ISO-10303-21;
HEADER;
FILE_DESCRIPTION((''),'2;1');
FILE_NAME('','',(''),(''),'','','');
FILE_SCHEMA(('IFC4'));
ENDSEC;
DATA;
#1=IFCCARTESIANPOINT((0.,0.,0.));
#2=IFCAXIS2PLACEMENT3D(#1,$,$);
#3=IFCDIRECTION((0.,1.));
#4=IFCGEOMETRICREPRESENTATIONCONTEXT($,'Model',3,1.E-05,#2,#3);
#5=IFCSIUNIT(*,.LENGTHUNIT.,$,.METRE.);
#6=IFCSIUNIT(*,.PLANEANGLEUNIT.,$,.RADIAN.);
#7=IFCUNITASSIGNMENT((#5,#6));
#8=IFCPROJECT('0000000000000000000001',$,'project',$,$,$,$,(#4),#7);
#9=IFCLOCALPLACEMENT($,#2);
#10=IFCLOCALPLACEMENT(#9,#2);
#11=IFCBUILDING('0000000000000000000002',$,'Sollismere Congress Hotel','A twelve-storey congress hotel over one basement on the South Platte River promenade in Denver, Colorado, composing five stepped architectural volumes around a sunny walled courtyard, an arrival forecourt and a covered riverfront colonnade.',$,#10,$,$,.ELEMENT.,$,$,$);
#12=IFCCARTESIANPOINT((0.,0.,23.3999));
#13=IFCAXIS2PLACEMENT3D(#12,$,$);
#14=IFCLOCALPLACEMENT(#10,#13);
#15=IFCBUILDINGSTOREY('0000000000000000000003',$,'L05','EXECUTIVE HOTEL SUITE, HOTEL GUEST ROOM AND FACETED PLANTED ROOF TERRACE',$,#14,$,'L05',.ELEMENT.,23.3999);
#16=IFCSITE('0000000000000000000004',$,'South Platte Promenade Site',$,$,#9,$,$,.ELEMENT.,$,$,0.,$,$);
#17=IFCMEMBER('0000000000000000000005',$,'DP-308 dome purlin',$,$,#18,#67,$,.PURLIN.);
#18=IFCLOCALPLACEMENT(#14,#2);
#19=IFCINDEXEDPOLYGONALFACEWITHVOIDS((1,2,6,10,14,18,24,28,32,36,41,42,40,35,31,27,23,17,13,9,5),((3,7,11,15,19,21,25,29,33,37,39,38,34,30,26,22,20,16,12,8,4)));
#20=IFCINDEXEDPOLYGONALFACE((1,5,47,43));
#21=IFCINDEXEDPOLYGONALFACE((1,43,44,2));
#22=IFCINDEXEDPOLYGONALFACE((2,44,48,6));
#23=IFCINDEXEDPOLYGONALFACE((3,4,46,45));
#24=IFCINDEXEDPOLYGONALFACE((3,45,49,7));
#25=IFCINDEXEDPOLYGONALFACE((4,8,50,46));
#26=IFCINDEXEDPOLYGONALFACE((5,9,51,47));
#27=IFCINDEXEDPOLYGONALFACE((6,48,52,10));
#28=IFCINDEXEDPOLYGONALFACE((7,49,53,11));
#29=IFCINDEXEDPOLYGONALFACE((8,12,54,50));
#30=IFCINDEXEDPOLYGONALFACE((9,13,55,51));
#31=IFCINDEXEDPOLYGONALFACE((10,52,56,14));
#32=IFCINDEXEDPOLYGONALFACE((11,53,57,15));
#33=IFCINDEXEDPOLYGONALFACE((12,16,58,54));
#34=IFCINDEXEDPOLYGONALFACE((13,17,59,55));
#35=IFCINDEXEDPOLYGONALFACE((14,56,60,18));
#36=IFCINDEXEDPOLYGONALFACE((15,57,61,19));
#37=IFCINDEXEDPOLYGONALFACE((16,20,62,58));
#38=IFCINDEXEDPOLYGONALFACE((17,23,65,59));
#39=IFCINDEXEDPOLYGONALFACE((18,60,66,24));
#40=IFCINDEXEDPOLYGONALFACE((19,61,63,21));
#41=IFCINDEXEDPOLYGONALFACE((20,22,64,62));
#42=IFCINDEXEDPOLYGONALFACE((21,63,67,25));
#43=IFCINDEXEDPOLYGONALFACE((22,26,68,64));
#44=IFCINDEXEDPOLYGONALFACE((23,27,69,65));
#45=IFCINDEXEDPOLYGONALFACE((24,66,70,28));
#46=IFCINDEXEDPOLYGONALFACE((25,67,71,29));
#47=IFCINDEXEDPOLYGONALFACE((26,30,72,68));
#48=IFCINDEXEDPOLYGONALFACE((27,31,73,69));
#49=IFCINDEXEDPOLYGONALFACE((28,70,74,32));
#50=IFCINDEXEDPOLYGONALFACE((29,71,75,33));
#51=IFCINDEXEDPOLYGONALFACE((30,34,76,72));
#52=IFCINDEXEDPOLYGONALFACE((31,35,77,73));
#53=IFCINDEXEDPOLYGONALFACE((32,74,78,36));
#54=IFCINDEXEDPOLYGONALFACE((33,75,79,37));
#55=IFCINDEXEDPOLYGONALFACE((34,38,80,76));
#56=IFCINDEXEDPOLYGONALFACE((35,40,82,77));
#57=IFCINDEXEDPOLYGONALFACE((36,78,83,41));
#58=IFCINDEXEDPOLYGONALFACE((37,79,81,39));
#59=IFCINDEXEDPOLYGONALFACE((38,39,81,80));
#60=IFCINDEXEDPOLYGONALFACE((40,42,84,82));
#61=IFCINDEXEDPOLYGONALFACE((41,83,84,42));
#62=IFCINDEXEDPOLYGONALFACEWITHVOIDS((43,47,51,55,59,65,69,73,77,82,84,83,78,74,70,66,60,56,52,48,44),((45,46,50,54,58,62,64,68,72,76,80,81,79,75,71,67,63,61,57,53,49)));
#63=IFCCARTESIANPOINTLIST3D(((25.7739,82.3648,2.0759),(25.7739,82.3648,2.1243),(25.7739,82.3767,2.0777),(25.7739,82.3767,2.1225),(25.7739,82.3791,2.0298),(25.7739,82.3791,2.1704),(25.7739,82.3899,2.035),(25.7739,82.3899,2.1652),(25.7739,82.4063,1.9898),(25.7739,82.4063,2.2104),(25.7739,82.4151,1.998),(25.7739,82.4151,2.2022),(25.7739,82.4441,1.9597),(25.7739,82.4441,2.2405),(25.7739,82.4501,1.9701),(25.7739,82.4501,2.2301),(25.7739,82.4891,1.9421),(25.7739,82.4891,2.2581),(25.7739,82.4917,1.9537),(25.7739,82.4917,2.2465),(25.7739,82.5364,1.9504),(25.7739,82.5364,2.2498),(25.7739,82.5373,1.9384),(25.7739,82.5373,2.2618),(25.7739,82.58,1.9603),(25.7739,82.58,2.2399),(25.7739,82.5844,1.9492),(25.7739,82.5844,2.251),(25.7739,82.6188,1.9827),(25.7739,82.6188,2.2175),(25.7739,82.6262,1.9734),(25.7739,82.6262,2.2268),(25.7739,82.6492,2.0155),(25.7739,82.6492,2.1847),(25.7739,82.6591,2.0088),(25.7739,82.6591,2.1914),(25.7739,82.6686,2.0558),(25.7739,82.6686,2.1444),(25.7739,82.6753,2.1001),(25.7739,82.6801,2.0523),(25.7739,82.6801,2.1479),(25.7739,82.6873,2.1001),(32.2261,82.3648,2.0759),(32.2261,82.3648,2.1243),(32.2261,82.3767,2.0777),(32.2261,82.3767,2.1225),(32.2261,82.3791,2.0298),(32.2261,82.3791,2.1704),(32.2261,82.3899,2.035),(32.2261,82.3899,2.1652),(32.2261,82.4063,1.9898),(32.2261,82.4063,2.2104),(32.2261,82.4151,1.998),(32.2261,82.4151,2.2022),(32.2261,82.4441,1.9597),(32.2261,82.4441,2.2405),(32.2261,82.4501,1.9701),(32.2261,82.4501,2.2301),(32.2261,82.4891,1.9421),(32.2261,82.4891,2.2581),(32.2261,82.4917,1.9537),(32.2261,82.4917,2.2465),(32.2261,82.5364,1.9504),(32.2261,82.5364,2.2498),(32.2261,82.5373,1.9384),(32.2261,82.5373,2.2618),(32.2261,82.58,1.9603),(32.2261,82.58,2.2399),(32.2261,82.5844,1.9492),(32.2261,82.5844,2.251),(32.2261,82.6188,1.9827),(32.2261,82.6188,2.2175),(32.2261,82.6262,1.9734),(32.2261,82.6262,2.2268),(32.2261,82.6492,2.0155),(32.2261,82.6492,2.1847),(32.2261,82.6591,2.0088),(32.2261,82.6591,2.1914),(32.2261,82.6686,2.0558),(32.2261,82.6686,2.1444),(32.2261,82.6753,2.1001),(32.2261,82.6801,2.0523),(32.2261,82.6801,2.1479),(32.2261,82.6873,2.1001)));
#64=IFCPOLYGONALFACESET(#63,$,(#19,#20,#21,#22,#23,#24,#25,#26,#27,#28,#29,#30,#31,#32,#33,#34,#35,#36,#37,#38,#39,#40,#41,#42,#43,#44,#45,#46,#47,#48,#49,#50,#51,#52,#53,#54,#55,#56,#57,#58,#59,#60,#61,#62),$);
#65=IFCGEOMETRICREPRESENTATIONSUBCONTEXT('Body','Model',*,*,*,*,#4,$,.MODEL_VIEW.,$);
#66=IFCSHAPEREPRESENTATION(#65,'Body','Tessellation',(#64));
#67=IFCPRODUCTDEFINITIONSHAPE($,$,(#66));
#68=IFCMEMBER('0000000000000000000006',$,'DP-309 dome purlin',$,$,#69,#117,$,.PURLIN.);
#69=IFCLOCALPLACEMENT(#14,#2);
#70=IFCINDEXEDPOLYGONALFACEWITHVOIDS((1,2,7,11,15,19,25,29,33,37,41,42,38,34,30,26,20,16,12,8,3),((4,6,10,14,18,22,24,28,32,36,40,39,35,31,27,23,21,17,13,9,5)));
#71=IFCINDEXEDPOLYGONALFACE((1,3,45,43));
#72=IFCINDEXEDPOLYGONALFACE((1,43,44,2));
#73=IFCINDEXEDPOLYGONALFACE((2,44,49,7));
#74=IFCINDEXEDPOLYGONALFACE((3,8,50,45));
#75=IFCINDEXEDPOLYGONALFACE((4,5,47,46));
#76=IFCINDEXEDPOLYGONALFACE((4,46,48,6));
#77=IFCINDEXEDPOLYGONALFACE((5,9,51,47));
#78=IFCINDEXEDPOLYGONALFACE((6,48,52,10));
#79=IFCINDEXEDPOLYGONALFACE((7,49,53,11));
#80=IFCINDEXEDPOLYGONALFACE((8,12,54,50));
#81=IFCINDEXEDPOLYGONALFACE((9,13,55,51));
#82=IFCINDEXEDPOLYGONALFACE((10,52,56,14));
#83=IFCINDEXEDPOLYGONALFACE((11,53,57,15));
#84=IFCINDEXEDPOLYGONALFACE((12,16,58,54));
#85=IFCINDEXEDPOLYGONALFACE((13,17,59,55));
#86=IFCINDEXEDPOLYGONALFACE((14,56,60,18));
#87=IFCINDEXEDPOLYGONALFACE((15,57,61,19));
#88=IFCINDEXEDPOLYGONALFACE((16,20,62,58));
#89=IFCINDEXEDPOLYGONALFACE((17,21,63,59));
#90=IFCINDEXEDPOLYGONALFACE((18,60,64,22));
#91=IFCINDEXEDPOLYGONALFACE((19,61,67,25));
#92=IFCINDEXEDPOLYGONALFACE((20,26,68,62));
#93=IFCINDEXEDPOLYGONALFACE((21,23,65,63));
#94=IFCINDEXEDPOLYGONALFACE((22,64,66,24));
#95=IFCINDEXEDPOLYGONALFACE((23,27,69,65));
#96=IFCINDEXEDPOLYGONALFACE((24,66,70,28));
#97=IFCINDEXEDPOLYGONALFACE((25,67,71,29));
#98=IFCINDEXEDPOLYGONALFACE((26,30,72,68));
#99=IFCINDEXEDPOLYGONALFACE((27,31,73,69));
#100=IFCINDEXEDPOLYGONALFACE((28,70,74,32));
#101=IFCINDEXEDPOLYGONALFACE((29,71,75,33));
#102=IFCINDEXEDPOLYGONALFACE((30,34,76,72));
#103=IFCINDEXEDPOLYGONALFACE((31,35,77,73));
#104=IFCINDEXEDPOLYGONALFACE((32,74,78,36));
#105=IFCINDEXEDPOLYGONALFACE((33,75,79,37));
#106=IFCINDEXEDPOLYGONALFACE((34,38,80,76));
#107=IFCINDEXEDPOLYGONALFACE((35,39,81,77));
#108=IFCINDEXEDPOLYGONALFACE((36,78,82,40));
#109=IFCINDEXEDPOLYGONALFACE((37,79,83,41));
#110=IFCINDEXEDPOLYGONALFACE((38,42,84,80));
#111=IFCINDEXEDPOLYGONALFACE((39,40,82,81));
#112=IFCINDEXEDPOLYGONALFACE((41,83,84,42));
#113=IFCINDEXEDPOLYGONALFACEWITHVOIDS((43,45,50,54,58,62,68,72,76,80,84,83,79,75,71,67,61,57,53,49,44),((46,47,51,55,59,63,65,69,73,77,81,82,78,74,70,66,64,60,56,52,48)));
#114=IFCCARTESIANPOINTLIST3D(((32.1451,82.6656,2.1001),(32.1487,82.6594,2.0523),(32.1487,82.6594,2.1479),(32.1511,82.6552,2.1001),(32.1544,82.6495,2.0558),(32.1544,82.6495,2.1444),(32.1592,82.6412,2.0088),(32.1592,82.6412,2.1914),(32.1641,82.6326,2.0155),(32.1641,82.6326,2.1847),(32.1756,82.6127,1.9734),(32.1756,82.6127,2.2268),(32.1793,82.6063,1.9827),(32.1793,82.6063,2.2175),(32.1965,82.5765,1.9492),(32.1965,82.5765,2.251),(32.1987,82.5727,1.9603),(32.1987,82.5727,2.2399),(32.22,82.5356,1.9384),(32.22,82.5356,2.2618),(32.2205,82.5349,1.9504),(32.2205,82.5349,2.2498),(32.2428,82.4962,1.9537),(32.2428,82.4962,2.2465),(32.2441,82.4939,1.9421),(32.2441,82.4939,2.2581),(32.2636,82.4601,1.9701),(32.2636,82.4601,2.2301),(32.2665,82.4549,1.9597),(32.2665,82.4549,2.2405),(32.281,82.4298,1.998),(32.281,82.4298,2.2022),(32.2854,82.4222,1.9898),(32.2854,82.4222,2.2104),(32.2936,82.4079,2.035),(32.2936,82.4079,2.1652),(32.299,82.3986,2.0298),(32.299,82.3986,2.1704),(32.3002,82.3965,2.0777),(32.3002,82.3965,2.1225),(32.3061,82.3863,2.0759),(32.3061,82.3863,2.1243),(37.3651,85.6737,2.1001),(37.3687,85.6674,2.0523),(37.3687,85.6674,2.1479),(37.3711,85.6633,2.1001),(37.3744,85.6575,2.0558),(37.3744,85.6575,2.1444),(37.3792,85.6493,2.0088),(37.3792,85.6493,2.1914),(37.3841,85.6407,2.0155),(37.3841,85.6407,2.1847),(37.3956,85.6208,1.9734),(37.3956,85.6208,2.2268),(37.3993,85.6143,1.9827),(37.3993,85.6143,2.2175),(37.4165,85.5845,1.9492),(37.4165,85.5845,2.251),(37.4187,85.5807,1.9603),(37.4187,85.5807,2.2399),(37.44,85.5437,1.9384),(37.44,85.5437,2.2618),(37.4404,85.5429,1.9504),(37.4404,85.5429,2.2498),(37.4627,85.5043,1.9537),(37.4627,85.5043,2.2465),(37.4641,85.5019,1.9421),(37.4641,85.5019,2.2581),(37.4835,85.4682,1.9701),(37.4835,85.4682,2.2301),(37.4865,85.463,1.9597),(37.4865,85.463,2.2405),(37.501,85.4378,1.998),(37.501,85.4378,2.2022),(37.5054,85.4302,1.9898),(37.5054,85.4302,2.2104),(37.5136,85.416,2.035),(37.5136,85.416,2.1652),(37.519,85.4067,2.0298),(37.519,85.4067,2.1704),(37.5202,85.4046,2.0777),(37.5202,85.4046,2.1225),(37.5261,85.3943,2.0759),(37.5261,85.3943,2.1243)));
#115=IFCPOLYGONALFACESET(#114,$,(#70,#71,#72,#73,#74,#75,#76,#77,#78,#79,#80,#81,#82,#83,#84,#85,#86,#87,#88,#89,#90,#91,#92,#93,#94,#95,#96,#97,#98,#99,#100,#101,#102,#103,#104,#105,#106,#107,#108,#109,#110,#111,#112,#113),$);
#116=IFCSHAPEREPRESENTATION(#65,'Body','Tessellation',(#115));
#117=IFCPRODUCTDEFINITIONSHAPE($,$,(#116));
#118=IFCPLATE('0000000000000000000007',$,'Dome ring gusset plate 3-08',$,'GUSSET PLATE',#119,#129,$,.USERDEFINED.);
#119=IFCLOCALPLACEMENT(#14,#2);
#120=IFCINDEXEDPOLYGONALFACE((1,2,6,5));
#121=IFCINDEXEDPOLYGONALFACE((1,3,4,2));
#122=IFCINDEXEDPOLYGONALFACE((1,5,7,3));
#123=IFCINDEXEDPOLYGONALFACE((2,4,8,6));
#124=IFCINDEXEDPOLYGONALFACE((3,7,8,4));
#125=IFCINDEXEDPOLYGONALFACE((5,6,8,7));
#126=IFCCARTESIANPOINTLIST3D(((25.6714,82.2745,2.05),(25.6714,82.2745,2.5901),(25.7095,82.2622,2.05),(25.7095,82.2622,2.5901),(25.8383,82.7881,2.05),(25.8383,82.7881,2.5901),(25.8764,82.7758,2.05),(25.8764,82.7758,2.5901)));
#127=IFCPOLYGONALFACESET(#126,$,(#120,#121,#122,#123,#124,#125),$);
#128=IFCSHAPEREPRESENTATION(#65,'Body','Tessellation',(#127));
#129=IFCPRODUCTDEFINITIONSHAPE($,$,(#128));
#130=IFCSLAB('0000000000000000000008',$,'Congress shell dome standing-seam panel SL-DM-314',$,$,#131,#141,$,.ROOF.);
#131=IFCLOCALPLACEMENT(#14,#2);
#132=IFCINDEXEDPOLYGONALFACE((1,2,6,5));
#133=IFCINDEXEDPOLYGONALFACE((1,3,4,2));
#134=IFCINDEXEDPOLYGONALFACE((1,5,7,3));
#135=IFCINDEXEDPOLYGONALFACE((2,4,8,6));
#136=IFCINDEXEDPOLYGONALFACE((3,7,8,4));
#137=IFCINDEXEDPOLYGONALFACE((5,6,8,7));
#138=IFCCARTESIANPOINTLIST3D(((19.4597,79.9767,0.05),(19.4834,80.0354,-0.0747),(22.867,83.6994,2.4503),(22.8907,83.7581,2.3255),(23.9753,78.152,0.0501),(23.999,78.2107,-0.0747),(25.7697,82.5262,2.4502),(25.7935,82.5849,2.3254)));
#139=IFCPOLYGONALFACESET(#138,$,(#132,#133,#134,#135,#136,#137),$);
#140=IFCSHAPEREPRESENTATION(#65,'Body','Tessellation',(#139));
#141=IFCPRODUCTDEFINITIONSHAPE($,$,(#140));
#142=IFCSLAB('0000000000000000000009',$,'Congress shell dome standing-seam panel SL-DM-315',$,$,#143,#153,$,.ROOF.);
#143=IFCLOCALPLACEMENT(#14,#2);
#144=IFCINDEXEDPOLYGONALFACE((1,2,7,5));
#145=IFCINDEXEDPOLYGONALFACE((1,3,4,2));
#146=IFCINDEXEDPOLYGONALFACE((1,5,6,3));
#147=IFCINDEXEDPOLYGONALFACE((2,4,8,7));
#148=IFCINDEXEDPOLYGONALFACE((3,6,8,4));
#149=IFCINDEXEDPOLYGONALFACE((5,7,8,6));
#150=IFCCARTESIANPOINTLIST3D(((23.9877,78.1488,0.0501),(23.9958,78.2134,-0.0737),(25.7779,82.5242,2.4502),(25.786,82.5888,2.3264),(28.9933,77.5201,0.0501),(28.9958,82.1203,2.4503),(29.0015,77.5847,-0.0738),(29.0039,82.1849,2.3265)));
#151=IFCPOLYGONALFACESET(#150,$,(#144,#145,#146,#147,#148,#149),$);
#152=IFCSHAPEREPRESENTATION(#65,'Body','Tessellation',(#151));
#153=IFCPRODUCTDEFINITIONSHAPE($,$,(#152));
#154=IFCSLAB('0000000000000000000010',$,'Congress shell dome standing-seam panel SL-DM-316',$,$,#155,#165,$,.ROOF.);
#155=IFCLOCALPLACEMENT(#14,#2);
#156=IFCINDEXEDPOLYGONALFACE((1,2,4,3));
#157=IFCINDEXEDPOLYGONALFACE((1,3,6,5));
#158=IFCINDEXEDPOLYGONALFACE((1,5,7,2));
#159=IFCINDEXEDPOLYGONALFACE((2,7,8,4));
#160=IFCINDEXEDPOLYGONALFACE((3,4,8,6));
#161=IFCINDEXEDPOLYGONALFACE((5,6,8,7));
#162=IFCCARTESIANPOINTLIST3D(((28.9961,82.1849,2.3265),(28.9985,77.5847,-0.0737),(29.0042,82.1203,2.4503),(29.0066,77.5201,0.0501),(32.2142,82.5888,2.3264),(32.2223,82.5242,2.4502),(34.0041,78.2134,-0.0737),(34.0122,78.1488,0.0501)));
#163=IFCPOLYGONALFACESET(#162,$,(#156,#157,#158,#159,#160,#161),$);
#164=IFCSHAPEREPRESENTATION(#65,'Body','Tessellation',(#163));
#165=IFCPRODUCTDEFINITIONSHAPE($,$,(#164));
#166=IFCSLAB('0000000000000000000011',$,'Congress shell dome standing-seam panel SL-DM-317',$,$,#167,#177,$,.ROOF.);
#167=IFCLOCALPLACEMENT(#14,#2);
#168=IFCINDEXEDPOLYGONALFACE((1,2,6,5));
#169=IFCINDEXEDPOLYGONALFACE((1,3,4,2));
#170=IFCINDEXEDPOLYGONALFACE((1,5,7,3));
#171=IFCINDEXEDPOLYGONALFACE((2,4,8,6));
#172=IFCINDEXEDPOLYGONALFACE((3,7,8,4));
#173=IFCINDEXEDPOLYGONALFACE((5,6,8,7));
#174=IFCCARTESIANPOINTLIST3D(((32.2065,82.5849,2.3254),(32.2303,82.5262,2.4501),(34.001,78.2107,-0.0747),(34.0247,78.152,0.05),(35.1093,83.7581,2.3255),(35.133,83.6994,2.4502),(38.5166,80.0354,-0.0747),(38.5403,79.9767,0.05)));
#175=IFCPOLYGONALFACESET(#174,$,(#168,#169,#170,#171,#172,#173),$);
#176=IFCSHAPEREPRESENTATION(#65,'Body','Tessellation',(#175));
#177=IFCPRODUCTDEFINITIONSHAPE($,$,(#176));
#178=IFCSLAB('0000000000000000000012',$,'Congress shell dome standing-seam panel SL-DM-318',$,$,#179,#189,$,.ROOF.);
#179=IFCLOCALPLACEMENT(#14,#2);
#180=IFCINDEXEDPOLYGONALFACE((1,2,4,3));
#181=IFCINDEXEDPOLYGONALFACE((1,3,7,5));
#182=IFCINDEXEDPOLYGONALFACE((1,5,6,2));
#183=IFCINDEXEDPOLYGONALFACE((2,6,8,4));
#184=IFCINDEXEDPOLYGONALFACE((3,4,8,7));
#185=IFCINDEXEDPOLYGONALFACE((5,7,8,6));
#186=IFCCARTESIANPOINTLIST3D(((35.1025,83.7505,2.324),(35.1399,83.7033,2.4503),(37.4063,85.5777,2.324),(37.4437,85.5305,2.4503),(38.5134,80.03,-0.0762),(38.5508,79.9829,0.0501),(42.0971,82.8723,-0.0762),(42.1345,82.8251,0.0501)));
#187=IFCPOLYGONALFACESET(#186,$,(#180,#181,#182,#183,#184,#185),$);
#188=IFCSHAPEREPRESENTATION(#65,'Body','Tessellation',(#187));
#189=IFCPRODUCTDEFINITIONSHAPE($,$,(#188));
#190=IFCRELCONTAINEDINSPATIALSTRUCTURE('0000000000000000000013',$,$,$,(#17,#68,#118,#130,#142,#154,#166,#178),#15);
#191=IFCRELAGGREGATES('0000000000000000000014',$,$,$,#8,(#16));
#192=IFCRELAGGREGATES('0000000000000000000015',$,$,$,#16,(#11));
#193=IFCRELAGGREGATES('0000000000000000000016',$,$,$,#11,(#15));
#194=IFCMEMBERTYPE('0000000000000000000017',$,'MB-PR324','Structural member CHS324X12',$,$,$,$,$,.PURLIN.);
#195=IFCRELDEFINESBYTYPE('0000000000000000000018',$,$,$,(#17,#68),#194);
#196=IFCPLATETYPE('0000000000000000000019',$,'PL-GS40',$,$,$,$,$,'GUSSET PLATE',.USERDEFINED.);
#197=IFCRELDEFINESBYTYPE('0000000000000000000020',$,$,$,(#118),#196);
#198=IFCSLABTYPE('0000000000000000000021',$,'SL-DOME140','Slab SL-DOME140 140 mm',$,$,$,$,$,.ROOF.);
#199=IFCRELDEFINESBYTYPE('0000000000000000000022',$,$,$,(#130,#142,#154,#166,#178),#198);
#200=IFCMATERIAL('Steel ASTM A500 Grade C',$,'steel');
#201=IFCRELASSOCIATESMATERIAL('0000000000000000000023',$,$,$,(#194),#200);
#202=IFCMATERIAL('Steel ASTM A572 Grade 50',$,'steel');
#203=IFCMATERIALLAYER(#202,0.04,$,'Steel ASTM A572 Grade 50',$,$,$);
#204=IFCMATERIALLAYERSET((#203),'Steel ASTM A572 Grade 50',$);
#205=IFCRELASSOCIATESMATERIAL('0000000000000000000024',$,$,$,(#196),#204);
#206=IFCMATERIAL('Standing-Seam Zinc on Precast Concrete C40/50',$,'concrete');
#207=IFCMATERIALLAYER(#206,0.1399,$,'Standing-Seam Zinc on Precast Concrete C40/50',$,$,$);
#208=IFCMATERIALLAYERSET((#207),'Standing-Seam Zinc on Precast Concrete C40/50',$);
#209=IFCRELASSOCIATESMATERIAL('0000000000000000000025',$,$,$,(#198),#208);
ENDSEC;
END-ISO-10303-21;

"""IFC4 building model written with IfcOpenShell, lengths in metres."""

from ifc_helpers import new_model, si_unit, direction, frame, origin, origin_2d, place, context, subcontext, project, spatial, polyline, rectangle, hollow_circle, outline, extrude, material, layer, layer_set, material_profile, profile_set, type_object, element, save


model = new_model("IFC4")

# Units and contexts
model_context = context("Model", 3, precision=1e-05, world=origin(), true_north=direction((0.0, 1.0)))
body_context = subcontext(model_context, "Body", "Model", "MODEL_VIEW")
ifc_project = project(units=[si_unit("LENGTHUNIT", "METRE"), si_unit("PLANEANGLEUNIT", "RADIAN")], contexts=[model_context])

# Site, building, storey
site_placement = place(None, origin())
site = spatial("IfcSite", under=ifc_project, at=site_placement, Name="South Platte Promenade Site", CompositionType="ELEMENT", RefElevation=0.0)
building_placement = place(site_placement, origin())
building = spatial("IfcBuilding", under=site, at=building_placement, Name="Sollismere Congress Hotel", Description="A twelve-storey congress hotel over one basement on the South Platte River promenade in Denver, Colorado, composing five stepped architectural volumes around a sunny walled courtyard, an arrival forecourt and a covered riverfront colonnade.", CompositionType="ELEMENT")
storey_placement = place(building_placement, frame((0.0, 0.0, 23.3999)))
storey = spatial("IfcBuildingStorey", under=building, at=storey_placement, Name="L05", Description="EXECUTIVE HOTEL SUITE, HOTEL GUEST ROOM AND FACETED PLANTED ROOF TERRACE", LongName="L05", CompositionType="ELEMENT", Elevation=23.3999)

# Members
ifc_material_1 = material(Name="Steel ASTM A500 Grade C", Category="steel")
ifc_material_profile_1 = material_profile(ifc_material_1, hollow_circle(Radius=0.1621, WallThickness=0.012, at=origin_2d()), Name="CHS324X12")
ifc_profile_set_1 = profile_set([ifc_material_profile_1], Name="Steel ASTM A500 Grade C")
member_type_1 = type_object("IfcMemberType", Name="MB-PR324", Description="Structural member CHS324X12", PredefinedType="PURLIN", material=ifc_profile_set_1)
member_1_placement = place(storey_placement, frame((25.7739, 82.5251, 2.1001), z_axis=(1.0, 0.0, 0.0), x_axis=(0.0, 1.0, 0.0)))
element("IfcMember", 1, at=member_1_placement, inside=storey, type_object=member_type_1, Name="DP-308 dome purlin", PredefinedType="PURLIN", context=body_context, shape_type="SweptSolid", body=[
    extrude(hollow_circle(Radius=0.1621, WallThickness=0.012, at=origin_2d()), origin(), (0.0, 0.0, 1.0), 6.4521),
])
member_2_placement = place(storey_placement, frame((32.2261, 82.5251, 2.1001), z_axis=(0.866434, 0.499291, 0.0), x_axis=(-0.499291, 0.866434, 0.0)))
element("IfcMember", 2, at=member_2_placement, inside=storey, type_object=member_type_1, Name="DP-309 dome purlin", PredefinedType="PURLIN", context=body_context, shape_type="SweptSolid", body=[
    extrude(hollow_circle(Radius=0.1621, WallThickness=0.012, at=origin_2d()), origin(), (0.0, 0.0, 1.0), 6.0247),
])

# Plate
ifc_material_2 = material(Name="Steel ASTM A572 Grade 50", Category="steel")
ifc_layer_1 = layer(ifc_material_2, 0.04, Name="Steel ASTM A572 Grade 50")
ifc_layer_set_1 = layer_set([ifc_layer_1], Name="Steel ASTM A572 Grade 50")
plate_type = type_object("IfcPlateType", Name="PL-GS40", ElementType="GUSSET PLATE", PredefinedType="USERDEFINED", material=ifc_layer_set_1)
plate_placement = place(storey_placement, frame((25.7739, 82.5251, 2.05), z_axis=(0.0, 0.0, 1.0), x_axis=(-0.309017, -0.951057, 0.0)))
element("IfcPlate", 3, at=plate_placement, inside=storey, type_object=plate_type, Name="Dome ring gusset plate 3-08", ObjectType="GUSSET PLATE", PredefinedType="USERDEFINED", context=body_context, shape_type="SweptSolid", body=[
    extrude(rectangle(XDim=0.54, YDim=0.04, at=origin_2d()), origin(), (0.0, 0.0, 1.0), 0.54),
])

# Slabs
ifc_material_3 = material(Name="Standing-Seam Zinc on Precast Concrete C40/50", Category="concrete")
ifc_layer_2 = layer(ifc_material_3, 0.1399, Name="Standing-Seam Zinc on Precast Concrete C40/50")
ifc_layer_set_2 = layer_set([ifc_layer_2], Name="Standing-Seam Zinc on Precast Concrete C40/50")
slab_type = type_object("IfcSlabType", Name="SL-DOME140", Description="Slab SL-DOME140 140 mm", PredefinedType="ROOF", material=ifc_layer_set_2)
slab_1_placement = place(storey_placement, frame((19.4834, 80.0354, -0.0747), z_axis=(-0.169595, -0.419686, 0.891684), x_axis=(0.927163, -0.374657, 0.000005)))
element("IfcSlab", 4, at=slab_1_placement, inside=storey, type_object=slab_type, Name="Congress shell dome standing-seam panel SL-DM-314", PredefinedType="ROOF", context=body_context, shape_type="SweptSolid", body=[
    extrude(outline(polyline([(0.0, 0.0), (4.8704, 0.0), (4.8953, 5.3022), (1.7644, 5.3025), (0.0, 0.0)])), origin(), (0.0, 0.0, 1.0), 0.1399),
])
slab_2_placement = place(storey_placement, frame((23.9958, 78.2134, -0.0737), z_axis=(-0.05799, -0.461783, 0.885095), x_axis=(0.992206, -0.12461, -0.000005)))
element("IfcSlab", 5, at=slab_2_placement, inside=storey, type_object=slab_type, Name="Congress shell dome standing-seam panel SL-DM-315", PredefinedType="ROOF", context=body_context, shape_type="SweptSolid", body=[
    extrude(outline(polyline([(0.0, 0.0), (5.0449, 0.0), (4.4741, 5.1572), (1.231, 5.157), (0.0, 0.0)])), origin(), (0.0, 0.0, 1.0), 0.1399),
])
slab_3_placement = place(storey_placement, frame((28.9985, 77.5847, -0.0737), z_axis=(0.05799, -0.461783, 0.885095), x_axis=(0.992206, 0.12461, 0.000005)))
element("IfcSlab", 6, at=slab_3_placement, inside=storey, type_object=slab_type, Name="Congress shell dome standing-seam panel SL-DM-316", PredefinedType="ROOF", context=body_context, shape_type="SweptSolid", body=[
    extrude(outline(polyline([(0.0, 0.0), (5.0449, 0.0), (3.8142, 5.157), (0.5708, 5.1572), (0.0, 0.0)])), origin(), (0.0, 0.0, 1.0), 0.1399),
])
slab_4_placement = place(storey_placement, frame((34.001, 78.2107, -0.0747), z_axis=(0.169595, -0.419686, 0.891684), x_axis=(0.927163, 0.374657, -0.000005)))
element("IfcSlab", 7, at=slab_4_placement, inside=storey, type_object=slab_type, Name="Congress shell dome standing-seam panel SL-DM-317", PredefinedType="ROOF", context=body_context, shape_type="SweptSolid", body=[
    extrude(outline(polyline([(0.0, 0.0), (4.8704, 0.0), (3.106, 5.3025), (-0.0249, 5.3022), (0.0, 0.0)])), origin(), (0.0, 0.0, 1.0), 0.1399),
])
slab_5_placement = place(storey_placement, frame((38.5134, 80.03, -0.0762), z_axis=(0.267412, -0.337166, 0.902668), x_axis=(0.783496, 0.621397, -0.000003)))
element("IfcSlab", 8, at=slab_5_placement, inside=storey, type_object=slab_type, Name="Congress shell dome standing-seam panel SL-DM-318", PredefinedType="ROOF", context=body_context, shape_type="SweptSolid", body=[
    extrude(outline(polyline([(0.0, 0.0), (4.574, 0.0), (2.5798, 5.5774), (-0.3606, 5.5774), (0.0, 0.0)])), origin(), (0.0, 0.0, 1.0), 0.1399),
])

save(model, "model.ifc")
